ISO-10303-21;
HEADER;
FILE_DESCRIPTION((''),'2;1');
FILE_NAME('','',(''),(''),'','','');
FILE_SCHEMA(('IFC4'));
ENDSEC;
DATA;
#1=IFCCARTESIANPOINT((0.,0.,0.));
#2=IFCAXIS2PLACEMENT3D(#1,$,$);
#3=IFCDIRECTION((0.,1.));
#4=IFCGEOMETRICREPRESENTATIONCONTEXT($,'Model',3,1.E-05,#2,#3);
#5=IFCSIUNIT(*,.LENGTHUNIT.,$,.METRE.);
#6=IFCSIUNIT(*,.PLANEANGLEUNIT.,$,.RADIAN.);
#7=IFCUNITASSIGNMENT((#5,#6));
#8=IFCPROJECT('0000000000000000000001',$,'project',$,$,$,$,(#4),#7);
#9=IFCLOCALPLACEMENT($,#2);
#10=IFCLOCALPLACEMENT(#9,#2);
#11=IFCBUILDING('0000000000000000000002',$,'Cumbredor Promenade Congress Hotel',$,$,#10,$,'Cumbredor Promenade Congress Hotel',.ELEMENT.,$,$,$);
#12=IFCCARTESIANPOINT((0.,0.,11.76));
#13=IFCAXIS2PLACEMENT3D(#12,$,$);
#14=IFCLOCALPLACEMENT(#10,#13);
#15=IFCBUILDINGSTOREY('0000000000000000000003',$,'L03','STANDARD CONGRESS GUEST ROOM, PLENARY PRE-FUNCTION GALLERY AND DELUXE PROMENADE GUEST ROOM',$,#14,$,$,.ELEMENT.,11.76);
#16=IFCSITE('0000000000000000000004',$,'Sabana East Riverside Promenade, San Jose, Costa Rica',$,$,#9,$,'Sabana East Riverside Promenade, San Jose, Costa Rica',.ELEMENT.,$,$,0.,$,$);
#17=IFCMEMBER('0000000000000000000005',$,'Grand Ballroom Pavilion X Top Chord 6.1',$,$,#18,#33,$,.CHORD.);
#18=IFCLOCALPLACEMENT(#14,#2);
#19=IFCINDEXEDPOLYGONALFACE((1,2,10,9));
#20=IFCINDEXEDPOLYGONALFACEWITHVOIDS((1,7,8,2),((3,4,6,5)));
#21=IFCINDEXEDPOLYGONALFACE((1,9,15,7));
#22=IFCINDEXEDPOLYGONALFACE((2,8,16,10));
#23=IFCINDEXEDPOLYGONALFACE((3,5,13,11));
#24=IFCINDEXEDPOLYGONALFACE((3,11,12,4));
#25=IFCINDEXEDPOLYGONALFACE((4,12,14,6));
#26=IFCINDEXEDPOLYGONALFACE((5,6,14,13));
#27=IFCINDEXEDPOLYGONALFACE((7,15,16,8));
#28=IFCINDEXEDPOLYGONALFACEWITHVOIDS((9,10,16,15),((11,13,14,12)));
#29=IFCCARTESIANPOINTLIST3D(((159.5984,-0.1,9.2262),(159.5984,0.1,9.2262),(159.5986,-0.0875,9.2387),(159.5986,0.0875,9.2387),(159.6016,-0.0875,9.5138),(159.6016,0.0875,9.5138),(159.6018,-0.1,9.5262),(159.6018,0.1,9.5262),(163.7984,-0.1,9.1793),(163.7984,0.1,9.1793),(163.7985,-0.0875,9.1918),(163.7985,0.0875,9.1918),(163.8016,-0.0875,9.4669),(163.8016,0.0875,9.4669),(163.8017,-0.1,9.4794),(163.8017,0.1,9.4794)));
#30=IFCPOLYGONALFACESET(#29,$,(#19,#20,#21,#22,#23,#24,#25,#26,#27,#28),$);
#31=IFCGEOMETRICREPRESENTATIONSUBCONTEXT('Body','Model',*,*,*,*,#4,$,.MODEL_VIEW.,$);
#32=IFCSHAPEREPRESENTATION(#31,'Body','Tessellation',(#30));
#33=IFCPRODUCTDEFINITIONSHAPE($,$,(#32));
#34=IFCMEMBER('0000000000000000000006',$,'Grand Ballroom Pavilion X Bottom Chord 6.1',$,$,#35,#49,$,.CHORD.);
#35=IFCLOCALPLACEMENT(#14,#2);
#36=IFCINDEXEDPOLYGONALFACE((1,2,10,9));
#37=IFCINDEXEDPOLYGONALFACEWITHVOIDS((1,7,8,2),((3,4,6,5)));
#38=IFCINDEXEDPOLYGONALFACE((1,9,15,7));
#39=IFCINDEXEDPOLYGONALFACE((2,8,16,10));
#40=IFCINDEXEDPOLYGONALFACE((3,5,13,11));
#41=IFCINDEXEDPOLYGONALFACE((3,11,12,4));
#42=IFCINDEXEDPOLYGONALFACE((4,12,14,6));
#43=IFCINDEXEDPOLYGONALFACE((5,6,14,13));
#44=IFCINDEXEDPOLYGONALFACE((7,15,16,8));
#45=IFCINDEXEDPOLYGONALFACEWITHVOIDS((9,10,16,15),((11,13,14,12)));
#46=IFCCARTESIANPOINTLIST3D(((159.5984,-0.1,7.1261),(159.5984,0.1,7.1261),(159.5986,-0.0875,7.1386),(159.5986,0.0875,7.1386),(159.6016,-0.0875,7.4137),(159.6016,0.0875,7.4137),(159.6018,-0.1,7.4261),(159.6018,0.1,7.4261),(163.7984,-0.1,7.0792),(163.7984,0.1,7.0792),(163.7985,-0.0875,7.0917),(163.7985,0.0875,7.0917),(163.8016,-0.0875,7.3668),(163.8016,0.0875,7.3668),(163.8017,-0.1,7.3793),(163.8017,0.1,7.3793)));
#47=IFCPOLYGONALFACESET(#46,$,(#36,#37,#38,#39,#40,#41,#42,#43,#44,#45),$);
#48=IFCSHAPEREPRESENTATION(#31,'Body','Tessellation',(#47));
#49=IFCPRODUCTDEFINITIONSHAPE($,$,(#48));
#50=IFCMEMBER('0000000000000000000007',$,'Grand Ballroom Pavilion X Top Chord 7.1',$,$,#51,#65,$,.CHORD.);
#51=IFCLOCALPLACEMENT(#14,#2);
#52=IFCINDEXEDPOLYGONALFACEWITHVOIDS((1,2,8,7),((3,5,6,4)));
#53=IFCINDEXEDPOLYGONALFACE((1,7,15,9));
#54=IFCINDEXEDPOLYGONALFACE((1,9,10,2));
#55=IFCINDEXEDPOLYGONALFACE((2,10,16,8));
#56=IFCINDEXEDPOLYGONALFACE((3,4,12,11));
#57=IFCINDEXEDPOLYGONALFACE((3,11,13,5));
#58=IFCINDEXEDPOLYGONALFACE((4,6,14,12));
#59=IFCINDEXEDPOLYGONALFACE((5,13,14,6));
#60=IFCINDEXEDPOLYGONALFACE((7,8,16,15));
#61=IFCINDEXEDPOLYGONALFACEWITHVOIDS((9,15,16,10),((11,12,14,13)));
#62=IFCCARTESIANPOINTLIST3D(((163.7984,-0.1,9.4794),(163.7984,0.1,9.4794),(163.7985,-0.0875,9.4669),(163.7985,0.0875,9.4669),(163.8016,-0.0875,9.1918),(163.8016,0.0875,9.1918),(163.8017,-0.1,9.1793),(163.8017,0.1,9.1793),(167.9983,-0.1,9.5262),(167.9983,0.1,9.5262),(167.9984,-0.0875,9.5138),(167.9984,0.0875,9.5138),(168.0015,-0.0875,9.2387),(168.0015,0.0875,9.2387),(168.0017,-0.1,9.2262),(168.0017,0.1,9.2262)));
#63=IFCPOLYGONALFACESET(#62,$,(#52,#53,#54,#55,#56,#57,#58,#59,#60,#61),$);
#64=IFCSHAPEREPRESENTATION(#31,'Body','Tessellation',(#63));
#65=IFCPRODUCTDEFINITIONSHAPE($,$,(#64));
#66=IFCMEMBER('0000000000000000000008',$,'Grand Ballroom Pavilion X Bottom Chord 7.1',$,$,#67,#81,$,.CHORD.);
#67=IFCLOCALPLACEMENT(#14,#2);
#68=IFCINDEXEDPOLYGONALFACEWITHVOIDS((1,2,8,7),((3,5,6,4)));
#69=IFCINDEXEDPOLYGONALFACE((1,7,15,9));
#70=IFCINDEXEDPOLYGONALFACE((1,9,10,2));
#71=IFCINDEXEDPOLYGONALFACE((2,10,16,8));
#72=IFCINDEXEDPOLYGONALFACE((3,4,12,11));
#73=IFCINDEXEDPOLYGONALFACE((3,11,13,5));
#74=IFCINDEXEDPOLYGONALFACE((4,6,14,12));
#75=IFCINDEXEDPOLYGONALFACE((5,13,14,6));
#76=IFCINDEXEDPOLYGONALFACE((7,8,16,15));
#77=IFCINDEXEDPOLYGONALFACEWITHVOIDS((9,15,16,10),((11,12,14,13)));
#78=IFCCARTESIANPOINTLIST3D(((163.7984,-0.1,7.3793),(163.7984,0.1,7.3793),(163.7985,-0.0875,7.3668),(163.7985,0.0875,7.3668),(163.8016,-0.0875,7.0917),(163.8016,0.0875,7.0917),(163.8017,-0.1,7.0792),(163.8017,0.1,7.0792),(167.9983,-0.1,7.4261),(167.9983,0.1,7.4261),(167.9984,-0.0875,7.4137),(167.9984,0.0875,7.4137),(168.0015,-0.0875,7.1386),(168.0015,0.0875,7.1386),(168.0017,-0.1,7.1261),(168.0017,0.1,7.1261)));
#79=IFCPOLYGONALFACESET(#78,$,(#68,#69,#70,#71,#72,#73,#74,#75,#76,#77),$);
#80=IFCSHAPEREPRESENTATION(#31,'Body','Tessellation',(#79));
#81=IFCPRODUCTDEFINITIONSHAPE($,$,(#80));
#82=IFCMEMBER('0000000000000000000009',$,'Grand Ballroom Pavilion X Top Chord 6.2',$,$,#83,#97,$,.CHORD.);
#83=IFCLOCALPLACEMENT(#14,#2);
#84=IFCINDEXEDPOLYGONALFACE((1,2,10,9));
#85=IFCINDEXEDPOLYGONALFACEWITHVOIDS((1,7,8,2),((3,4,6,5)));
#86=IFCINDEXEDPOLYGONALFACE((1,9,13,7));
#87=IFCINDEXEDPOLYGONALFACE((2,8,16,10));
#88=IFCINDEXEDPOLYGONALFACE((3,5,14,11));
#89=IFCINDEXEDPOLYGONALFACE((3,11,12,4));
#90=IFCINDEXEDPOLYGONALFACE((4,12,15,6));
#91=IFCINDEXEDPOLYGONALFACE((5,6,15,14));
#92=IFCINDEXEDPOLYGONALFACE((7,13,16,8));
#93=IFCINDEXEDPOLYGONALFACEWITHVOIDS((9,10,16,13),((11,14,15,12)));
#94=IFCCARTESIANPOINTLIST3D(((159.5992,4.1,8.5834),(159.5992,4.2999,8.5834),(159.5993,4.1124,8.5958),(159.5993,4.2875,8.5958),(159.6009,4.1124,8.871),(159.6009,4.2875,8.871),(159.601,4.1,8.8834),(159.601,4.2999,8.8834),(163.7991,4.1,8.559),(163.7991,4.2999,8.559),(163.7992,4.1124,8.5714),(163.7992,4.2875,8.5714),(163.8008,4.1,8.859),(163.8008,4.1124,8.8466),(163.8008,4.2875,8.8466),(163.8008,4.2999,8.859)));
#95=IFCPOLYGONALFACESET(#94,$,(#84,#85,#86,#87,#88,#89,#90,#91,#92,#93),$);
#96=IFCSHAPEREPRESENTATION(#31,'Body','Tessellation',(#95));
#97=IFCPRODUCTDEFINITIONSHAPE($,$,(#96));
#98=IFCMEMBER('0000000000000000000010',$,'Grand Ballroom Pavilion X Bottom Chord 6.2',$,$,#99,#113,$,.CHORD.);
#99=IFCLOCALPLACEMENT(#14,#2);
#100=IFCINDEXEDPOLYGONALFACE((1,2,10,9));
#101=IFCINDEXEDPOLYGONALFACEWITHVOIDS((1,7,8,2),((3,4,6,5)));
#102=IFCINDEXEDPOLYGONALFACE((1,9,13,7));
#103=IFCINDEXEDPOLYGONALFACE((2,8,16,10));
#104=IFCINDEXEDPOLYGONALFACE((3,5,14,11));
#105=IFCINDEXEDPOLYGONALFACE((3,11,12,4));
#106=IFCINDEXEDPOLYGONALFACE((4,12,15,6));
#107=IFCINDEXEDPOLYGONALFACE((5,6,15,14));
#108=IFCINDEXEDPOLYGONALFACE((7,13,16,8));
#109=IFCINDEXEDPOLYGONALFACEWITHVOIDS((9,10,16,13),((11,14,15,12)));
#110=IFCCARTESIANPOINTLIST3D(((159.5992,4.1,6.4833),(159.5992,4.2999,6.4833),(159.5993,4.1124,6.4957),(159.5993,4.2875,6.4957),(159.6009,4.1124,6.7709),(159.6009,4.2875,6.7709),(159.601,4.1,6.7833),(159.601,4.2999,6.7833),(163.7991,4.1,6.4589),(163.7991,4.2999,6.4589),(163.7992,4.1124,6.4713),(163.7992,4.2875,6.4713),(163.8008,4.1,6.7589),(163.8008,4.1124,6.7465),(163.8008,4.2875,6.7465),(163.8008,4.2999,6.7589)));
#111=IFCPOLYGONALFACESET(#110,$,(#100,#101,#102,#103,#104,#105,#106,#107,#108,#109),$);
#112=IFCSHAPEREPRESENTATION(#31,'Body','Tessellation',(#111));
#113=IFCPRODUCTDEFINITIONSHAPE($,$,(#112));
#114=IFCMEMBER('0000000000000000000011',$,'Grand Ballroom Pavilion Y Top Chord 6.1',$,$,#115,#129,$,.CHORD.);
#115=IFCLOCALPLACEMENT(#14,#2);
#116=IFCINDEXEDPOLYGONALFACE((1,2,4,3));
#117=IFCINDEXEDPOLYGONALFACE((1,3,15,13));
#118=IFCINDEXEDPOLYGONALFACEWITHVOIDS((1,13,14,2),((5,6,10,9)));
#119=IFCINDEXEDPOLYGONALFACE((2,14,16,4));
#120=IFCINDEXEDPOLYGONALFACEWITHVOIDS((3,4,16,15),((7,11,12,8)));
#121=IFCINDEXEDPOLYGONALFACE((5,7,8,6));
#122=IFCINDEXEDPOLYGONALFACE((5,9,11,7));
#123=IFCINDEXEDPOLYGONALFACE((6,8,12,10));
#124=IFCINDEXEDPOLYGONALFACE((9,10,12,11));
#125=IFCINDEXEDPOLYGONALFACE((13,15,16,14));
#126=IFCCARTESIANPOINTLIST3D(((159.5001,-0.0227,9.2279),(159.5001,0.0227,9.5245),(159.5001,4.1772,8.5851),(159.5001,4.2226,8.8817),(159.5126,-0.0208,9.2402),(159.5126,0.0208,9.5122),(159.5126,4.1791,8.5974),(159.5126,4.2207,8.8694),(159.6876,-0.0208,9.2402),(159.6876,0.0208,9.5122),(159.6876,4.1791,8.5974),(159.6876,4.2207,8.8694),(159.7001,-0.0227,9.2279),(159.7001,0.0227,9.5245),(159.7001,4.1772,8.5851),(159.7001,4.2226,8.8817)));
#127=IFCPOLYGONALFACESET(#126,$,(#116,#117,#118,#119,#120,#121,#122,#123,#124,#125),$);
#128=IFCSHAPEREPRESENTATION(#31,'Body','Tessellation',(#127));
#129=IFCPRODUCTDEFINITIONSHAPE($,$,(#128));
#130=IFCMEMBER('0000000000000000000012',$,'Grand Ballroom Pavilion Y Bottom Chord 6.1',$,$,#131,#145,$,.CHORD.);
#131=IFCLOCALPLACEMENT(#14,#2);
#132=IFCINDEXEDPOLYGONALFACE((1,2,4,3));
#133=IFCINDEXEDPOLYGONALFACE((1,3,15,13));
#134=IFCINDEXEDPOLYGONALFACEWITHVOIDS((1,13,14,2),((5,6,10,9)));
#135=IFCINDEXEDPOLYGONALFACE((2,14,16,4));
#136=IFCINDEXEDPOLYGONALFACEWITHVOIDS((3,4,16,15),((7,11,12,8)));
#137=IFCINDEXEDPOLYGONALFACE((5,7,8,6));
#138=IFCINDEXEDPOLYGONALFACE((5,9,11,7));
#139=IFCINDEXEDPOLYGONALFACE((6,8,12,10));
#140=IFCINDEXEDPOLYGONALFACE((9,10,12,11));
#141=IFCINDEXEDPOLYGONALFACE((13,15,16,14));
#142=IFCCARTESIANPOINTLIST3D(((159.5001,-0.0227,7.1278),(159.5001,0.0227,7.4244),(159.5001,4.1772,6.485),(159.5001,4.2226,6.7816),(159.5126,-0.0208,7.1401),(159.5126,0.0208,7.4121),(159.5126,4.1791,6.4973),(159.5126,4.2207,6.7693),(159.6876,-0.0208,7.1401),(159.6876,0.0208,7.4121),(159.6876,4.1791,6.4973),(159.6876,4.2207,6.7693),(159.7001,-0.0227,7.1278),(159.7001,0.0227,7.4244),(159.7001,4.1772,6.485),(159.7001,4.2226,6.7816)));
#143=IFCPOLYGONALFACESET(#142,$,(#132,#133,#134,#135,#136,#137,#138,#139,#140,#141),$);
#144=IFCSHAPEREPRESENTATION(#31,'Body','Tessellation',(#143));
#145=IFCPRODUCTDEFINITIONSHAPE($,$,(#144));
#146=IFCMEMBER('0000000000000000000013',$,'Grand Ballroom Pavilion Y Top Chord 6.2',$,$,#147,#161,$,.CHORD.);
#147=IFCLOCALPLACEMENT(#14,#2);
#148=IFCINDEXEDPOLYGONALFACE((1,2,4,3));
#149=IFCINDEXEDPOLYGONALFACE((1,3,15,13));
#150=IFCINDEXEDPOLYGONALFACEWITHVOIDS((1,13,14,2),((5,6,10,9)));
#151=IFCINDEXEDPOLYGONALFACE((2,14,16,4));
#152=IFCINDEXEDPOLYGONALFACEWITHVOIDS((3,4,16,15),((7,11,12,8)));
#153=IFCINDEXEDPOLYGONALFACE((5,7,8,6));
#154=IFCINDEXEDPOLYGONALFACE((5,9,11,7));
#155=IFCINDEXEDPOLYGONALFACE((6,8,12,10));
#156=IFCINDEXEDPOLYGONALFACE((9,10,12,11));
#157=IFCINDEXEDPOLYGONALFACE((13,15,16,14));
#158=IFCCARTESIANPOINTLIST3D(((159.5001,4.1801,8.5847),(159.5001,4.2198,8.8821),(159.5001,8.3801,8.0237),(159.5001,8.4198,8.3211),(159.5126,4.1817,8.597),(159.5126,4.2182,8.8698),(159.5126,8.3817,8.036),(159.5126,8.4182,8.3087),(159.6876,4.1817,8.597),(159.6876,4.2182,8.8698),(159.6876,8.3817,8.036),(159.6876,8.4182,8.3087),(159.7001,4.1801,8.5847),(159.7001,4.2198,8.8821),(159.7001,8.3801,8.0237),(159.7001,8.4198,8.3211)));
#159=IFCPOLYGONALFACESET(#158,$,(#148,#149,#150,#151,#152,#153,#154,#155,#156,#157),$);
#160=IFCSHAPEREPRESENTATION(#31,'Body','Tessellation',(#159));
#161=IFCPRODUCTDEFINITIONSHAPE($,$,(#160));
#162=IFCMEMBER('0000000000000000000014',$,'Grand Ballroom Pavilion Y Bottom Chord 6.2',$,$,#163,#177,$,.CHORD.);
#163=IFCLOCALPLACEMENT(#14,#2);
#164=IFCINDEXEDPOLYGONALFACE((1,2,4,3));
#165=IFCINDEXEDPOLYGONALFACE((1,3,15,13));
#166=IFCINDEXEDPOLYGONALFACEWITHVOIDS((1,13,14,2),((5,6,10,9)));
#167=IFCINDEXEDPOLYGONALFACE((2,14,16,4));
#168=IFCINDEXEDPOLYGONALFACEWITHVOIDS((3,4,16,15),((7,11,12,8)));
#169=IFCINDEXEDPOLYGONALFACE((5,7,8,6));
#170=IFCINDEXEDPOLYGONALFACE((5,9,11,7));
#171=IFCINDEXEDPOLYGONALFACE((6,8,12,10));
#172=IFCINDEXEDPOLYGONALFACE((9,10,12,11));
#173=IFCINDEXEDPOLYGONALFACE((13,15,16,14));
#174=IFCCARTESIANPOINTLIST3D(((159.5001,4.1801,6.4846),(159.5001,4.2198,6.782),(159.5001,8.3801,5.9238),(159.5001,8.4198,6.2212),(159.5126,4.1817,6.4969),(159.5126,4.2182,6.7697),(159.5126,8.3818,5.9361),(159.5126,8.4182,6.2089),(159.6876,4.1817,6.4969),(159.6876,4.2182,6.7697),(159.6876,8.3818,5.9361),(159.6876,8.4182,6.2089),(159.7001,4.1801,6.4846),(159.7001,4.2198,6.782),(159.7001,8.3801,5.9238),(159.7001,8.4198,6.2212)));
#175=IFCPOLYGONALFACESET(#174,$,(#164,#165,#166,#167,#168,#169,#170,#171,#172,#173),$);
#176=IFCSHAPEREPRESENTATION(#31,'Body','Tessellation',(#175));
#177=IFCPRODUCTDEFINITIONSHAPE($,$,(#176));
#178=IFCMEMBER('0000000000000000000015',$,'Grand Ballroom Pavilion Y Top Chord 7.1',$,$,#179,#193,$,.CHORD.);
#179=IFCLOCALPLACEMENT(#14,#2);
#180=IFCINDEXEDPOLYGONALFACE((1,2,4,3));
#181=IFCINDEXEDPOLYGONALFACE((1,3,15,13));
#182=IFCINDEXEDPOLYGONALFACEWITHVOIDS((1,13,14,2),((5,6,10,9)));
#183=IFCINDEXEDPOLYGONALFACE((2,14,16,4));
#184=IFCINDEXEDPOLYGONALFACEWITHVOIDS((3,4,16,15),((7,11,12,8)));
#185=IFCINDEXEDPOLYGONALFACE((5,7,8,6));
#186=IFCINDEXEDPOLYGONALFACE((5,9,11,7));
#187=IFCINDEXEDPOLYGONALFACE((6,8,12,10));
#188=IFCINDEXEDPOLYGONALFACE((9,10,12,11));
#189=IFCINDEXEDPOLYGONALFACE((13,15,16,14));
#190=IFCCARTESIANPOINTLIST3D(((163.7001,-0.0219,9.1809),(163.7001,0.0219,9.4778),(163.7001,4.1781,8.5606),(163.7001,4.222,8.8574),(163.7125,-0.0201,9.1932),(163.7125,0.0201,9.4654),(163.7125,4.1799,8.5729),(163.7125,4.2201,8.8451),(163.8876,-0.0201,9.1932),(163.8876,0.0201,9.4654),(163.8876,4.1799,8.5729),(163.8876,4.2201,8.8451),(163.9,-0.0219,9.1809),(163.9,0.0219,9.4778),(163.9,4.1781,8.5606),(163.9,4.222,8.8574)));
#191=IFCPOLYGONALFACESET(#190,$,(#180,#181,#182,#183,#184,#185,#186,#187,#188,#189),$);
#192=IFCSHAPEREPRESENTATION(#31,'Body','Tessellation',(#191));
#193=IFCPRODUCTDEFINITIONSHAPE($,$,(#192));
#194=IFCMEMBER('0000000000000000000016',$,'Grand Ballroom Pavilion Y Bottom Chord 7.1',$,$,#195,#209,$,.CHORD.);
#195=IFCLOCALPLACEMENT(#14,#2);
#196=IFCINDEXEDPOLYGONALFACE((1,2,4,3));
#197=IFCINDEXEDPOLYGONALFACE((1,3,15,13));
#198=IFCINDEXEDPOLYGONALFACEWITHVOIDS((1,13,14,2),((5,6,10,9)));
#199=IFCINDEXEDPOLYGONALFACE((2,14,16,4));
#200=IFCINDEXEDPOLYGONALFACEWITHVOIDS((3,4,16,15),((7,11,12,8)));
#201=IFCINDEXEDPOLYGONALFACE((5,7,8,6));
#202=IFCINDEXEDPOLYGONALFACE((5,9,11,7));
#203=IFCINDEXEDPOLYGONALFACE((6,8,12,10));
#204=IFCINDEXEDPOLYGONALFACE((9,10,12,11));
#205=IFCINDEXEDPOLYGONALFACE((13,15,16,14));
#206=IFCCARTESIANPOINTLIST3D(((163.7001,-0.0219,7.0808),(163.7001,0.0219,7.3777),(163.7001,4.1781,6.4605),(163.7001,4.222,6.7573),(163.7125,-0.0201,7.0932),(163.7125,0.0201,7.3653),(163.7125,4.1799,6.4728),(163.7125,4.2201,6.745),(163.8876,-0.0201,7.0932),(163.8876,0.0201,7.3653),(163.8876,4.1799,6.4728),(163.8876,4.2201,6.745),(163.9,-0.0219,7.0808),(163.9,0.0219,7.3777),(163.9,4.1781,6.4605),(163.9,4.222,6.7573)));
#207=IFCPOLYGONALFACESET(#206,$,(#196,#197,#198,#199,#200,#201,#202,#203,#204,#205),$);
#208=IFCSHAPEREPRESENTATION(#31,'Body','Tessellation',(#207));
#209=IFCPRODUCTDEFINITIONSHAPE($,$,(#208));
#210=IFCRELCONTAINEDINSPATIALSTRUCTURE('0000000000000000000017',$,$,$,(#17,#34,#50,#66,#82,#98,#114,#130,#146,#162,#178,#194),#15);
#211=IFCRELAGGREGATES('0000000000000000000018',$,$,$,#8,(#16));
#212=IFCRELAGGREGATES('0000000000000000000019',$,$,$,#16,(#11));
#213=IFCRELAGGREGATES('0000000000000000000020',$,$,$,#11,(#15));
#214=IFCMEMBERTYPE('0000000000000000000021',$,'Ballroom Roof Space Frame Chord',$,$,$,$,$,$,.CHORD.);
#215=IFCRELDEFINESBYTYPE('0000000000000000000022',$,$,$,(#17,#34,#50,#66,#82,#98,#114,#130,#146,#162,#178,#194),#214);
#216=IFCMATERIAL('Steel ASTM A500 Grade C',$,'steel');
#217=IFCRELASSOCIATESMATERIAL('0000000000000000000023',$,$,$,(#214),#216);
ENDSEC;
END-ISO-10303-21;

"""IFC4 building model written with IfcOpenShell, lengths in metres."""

from ifc_helpers import new_model, si_unit, direction, frame, origin, origin_2d, place, context, subcontext, project, spatial, hollow_rectangle, extrude, material, material_profile, profile_set, type_object, element, save


model = new_model("IFC4")

# Units and contexts
model_context = context("Model", 3, precision=1e-05, world=origin(), true_north=direction((0.0, 1.0)))
body_context = subcontext(model_context, "Body", "Model", "MODEL_VIEW")
ifc_project = project(units=[si_unit("LENGTHUNIT", "METRE"), si_unit("PLANEANGLEUNIT", "RADIAN")], contexts=[model_context])

# Site, building, storey
site_placement = place(None, origin())
site = spatial("IfcSite", under=ifc_project, at=site_placement, Name="Sabana East Riverside Promenade, San Jose, Costa Rica", LongName="Sabana East Riverside Promenade, San Jose, Costa Rica", CompositionType="ELEMENT", RefElevation=0.0)
building_placement = place(site_placement, origin())
building = spatial("IfcBuilding", under=site, at=building_placement, Name="Cumbredor Promenade Congress Hotel", LongName="Cumbredor Promenade Congress Hotel", CompositionType="ELEMENT")
storey_placement = place(building_placement, frame((0.0, 0.0, 11.76)))
storey = spatial("IfcBuildingStorey", under=building, at=storey_placement, Name="L03", Description="STANDARD CONGRESS GUEST ROOM, PLENARY PRE-FUNCTION GALLERY AND DELUXE PROMENADE GUEST ROOM", CompositionType="ELEMENT", Elevation=11.76)

# Members
ifc_material_1 = material(Name="Steel ASTM A500 Grade C", Category="steel")
ifc_material_profile_1 = material_profile(ifc_material_1, hollow_rectangle(XDim=0.2, YDim=0.3, WallThickness=0.0125, at=origin_2d()), Name="HSS 300x200x12.5")
ifc_profile_set_1 = profile_set([ifc_material_profile_1], Name="Steel ASTM A500 Grade C")
member_type_1 = type_object("IfcMemberType", Name="Ballroom Roof Space Frame Chord", PredefinedType="CHORD", material=ifc_profile_set_1)
for number, where, z_axis, x_axis, name in (
    (1, (159.6001, 0.0, 9.3762), (0.999938, 0.0, -0.01116), (0.0, 1.0, 0.0), "Grand Ballroom Pavilion X Top Chord 6.1"),
    (2, (159.6001, 0.0, 7.2761), (0.999938, 0.0, -0.01116), (0.0, 1.0, 0.0), "Grand Ballroom Pavilion X Bottom Chord 6.1"),
    (3, (163.8, 0.0, 9.3293), (0.999938, 0.0, 0.01116), (0.0, 1.0, 0.0), "Grand Ballroom Pavilion X Top Chord 7.1"),
    (4, (163.8, 0.0, 7.2292), (0.999938, 0.0, 0.01116), (0.0, 1.0, 0.0), "Grand Ballroom Pavilion X Bottom Chord 7.1"),
):
    element("IfcMember", number, at=place(storey_placement, frame(where, z_axis=z_axis, x_axis=x_axis)), inside=storey, type_object=member_type_1, Name=name, PredefinedType="CHORD", context=body_context, shape_type="SweptSolid", body=[
        extrude(hollow_rectangle(XDim=0.2, YDim=0.3, WallThickness=0.0125, at=origin_2d()), origin(), (0.0, 0.0, 1.0), 4.2002),
    ])
for number, where, z_axis, x_axis, name in (
    (5, (159.6001, 4.2, 8.7334), (0.999983, 0.0, -0.005813), (0.0, 1.0, 0.0), "Grand Ballroom Pavilion X Top Chord 6.2"),
    (6, (159.6001, 4.2, 6.6333), (0.999983, 0.0, -0.005813), (0.0, 1.0, 0.0), "Grand Ballroom Pavilion X Bottom Chord 6.2"),
):
    element("IfcMember", number, at=place(storey_placement, frame(where, z_axis=z_axis, x_axis=x_axis)), inside=storey, type_object=member_type_1, Name=name, PredefinedType="CHORD", context=body_context, shape_type="SweptSolid", body=[
        extrude(hollow_rectangle(XDim=0.2, YDim=0.3, WallThickness=0.0125, at=origin_2d()), origin(), (0.0, 0.0, 1.0), 4.2),
    ])
for number, where, z_axis, x_axis, name in (
    (7, (159.6001, 0.0, 9.3762), (0.0, 0.988489, -0.151293), (-1.0, 0.0, 0.0), "Grand Ballroom Pavilion Y Top Chord 6.1"),
    (8, (159.6001, 0.0, 7.2761), (0.0, 0.988489, -0.151293), (-1.0, 0.0, 0.0), "Grand Ballroom Pavilion Y Bottom Chord 6.1"),
):
    element("IfcMember", number, at=place(storey_placement, frame(where, z_axis=z_axis, x_axis=x_axis)), inside=storey, type_object=member_type_1, Name=name, PredefinedType="CHORD", context=body_context, shape_type="SweptSolid", body=[
        extrude(hollow_rectangle(XDim=0.2, YDim=0.3, WallThickness=0.0125, at=origin_2d()), origin(), (0.0, 0.0, 1.0), 4.2488),
    ])
for number, where, z_axis, x_axis, name in (
    (9, (159.6001, 4.2, 8.7334), (0.0, 0.991196, -0.132405), (-1.0, 0.0, 0.0), "Grand Ballroom Pavilion Y Top Chord 6.2"),
    (10, (159.6001, 4.2, 6.6333), (0.0, 0.991203, -0.132349), (-1.0, 0.0, 0.0), "Grand Ballroom Pavilion Y Bottom Chord 6.2"),
):
    element("IfcMember", number, at=place(storey_placement, frame(where, z_axis=z_axis, x_axis=x_axis)), inside=storey, type_object=member_type_1, Name=name, PredefinedType="CHORD", context=body_context, shape_type="SweptSolid", body=[
        extrude(hollow_rectangle(XDim=0.2, YDim=0.3, WallThickness=0.0125, at=origin_2d()), origin(), (0.0, 0.0, 1.0), 4.2373),
    ])
for number, where, z_axis, x_axis, name in (
    (11, (163.8, 0.0, 9.3293), (0.0, 0.989267, -0.146121), (-1.0, 0.0, 0.0), "Grand Ballroom Pavilion Y Top Chord 7.1"),
    (12, (163.8, 0.0, 7.2292), (0.0, 0.989267, -0.146121), (-1.0, 0.0, 0.0), "Grand Ballroom Pavilion Y Bottom Chord 7.1"),
):
    element("IfcMember", number, at=place(storey_placement, frame(where, z_axis=z_axis, x_axis=x_axis)), inside=storey, type_object=member_type_1, Name=name, PredefinedType="CHORD", context=body_context, shape_type="SweptSolid", body=[
        extrude(hollow_rectangle(XDim=0.2, YDim=0.3, WallThickness=0.0125, at=origin_2d()), origin(), (0.0, 0.0, 1.0), 4.2456),
    ])

save(model, "model.ifc")
